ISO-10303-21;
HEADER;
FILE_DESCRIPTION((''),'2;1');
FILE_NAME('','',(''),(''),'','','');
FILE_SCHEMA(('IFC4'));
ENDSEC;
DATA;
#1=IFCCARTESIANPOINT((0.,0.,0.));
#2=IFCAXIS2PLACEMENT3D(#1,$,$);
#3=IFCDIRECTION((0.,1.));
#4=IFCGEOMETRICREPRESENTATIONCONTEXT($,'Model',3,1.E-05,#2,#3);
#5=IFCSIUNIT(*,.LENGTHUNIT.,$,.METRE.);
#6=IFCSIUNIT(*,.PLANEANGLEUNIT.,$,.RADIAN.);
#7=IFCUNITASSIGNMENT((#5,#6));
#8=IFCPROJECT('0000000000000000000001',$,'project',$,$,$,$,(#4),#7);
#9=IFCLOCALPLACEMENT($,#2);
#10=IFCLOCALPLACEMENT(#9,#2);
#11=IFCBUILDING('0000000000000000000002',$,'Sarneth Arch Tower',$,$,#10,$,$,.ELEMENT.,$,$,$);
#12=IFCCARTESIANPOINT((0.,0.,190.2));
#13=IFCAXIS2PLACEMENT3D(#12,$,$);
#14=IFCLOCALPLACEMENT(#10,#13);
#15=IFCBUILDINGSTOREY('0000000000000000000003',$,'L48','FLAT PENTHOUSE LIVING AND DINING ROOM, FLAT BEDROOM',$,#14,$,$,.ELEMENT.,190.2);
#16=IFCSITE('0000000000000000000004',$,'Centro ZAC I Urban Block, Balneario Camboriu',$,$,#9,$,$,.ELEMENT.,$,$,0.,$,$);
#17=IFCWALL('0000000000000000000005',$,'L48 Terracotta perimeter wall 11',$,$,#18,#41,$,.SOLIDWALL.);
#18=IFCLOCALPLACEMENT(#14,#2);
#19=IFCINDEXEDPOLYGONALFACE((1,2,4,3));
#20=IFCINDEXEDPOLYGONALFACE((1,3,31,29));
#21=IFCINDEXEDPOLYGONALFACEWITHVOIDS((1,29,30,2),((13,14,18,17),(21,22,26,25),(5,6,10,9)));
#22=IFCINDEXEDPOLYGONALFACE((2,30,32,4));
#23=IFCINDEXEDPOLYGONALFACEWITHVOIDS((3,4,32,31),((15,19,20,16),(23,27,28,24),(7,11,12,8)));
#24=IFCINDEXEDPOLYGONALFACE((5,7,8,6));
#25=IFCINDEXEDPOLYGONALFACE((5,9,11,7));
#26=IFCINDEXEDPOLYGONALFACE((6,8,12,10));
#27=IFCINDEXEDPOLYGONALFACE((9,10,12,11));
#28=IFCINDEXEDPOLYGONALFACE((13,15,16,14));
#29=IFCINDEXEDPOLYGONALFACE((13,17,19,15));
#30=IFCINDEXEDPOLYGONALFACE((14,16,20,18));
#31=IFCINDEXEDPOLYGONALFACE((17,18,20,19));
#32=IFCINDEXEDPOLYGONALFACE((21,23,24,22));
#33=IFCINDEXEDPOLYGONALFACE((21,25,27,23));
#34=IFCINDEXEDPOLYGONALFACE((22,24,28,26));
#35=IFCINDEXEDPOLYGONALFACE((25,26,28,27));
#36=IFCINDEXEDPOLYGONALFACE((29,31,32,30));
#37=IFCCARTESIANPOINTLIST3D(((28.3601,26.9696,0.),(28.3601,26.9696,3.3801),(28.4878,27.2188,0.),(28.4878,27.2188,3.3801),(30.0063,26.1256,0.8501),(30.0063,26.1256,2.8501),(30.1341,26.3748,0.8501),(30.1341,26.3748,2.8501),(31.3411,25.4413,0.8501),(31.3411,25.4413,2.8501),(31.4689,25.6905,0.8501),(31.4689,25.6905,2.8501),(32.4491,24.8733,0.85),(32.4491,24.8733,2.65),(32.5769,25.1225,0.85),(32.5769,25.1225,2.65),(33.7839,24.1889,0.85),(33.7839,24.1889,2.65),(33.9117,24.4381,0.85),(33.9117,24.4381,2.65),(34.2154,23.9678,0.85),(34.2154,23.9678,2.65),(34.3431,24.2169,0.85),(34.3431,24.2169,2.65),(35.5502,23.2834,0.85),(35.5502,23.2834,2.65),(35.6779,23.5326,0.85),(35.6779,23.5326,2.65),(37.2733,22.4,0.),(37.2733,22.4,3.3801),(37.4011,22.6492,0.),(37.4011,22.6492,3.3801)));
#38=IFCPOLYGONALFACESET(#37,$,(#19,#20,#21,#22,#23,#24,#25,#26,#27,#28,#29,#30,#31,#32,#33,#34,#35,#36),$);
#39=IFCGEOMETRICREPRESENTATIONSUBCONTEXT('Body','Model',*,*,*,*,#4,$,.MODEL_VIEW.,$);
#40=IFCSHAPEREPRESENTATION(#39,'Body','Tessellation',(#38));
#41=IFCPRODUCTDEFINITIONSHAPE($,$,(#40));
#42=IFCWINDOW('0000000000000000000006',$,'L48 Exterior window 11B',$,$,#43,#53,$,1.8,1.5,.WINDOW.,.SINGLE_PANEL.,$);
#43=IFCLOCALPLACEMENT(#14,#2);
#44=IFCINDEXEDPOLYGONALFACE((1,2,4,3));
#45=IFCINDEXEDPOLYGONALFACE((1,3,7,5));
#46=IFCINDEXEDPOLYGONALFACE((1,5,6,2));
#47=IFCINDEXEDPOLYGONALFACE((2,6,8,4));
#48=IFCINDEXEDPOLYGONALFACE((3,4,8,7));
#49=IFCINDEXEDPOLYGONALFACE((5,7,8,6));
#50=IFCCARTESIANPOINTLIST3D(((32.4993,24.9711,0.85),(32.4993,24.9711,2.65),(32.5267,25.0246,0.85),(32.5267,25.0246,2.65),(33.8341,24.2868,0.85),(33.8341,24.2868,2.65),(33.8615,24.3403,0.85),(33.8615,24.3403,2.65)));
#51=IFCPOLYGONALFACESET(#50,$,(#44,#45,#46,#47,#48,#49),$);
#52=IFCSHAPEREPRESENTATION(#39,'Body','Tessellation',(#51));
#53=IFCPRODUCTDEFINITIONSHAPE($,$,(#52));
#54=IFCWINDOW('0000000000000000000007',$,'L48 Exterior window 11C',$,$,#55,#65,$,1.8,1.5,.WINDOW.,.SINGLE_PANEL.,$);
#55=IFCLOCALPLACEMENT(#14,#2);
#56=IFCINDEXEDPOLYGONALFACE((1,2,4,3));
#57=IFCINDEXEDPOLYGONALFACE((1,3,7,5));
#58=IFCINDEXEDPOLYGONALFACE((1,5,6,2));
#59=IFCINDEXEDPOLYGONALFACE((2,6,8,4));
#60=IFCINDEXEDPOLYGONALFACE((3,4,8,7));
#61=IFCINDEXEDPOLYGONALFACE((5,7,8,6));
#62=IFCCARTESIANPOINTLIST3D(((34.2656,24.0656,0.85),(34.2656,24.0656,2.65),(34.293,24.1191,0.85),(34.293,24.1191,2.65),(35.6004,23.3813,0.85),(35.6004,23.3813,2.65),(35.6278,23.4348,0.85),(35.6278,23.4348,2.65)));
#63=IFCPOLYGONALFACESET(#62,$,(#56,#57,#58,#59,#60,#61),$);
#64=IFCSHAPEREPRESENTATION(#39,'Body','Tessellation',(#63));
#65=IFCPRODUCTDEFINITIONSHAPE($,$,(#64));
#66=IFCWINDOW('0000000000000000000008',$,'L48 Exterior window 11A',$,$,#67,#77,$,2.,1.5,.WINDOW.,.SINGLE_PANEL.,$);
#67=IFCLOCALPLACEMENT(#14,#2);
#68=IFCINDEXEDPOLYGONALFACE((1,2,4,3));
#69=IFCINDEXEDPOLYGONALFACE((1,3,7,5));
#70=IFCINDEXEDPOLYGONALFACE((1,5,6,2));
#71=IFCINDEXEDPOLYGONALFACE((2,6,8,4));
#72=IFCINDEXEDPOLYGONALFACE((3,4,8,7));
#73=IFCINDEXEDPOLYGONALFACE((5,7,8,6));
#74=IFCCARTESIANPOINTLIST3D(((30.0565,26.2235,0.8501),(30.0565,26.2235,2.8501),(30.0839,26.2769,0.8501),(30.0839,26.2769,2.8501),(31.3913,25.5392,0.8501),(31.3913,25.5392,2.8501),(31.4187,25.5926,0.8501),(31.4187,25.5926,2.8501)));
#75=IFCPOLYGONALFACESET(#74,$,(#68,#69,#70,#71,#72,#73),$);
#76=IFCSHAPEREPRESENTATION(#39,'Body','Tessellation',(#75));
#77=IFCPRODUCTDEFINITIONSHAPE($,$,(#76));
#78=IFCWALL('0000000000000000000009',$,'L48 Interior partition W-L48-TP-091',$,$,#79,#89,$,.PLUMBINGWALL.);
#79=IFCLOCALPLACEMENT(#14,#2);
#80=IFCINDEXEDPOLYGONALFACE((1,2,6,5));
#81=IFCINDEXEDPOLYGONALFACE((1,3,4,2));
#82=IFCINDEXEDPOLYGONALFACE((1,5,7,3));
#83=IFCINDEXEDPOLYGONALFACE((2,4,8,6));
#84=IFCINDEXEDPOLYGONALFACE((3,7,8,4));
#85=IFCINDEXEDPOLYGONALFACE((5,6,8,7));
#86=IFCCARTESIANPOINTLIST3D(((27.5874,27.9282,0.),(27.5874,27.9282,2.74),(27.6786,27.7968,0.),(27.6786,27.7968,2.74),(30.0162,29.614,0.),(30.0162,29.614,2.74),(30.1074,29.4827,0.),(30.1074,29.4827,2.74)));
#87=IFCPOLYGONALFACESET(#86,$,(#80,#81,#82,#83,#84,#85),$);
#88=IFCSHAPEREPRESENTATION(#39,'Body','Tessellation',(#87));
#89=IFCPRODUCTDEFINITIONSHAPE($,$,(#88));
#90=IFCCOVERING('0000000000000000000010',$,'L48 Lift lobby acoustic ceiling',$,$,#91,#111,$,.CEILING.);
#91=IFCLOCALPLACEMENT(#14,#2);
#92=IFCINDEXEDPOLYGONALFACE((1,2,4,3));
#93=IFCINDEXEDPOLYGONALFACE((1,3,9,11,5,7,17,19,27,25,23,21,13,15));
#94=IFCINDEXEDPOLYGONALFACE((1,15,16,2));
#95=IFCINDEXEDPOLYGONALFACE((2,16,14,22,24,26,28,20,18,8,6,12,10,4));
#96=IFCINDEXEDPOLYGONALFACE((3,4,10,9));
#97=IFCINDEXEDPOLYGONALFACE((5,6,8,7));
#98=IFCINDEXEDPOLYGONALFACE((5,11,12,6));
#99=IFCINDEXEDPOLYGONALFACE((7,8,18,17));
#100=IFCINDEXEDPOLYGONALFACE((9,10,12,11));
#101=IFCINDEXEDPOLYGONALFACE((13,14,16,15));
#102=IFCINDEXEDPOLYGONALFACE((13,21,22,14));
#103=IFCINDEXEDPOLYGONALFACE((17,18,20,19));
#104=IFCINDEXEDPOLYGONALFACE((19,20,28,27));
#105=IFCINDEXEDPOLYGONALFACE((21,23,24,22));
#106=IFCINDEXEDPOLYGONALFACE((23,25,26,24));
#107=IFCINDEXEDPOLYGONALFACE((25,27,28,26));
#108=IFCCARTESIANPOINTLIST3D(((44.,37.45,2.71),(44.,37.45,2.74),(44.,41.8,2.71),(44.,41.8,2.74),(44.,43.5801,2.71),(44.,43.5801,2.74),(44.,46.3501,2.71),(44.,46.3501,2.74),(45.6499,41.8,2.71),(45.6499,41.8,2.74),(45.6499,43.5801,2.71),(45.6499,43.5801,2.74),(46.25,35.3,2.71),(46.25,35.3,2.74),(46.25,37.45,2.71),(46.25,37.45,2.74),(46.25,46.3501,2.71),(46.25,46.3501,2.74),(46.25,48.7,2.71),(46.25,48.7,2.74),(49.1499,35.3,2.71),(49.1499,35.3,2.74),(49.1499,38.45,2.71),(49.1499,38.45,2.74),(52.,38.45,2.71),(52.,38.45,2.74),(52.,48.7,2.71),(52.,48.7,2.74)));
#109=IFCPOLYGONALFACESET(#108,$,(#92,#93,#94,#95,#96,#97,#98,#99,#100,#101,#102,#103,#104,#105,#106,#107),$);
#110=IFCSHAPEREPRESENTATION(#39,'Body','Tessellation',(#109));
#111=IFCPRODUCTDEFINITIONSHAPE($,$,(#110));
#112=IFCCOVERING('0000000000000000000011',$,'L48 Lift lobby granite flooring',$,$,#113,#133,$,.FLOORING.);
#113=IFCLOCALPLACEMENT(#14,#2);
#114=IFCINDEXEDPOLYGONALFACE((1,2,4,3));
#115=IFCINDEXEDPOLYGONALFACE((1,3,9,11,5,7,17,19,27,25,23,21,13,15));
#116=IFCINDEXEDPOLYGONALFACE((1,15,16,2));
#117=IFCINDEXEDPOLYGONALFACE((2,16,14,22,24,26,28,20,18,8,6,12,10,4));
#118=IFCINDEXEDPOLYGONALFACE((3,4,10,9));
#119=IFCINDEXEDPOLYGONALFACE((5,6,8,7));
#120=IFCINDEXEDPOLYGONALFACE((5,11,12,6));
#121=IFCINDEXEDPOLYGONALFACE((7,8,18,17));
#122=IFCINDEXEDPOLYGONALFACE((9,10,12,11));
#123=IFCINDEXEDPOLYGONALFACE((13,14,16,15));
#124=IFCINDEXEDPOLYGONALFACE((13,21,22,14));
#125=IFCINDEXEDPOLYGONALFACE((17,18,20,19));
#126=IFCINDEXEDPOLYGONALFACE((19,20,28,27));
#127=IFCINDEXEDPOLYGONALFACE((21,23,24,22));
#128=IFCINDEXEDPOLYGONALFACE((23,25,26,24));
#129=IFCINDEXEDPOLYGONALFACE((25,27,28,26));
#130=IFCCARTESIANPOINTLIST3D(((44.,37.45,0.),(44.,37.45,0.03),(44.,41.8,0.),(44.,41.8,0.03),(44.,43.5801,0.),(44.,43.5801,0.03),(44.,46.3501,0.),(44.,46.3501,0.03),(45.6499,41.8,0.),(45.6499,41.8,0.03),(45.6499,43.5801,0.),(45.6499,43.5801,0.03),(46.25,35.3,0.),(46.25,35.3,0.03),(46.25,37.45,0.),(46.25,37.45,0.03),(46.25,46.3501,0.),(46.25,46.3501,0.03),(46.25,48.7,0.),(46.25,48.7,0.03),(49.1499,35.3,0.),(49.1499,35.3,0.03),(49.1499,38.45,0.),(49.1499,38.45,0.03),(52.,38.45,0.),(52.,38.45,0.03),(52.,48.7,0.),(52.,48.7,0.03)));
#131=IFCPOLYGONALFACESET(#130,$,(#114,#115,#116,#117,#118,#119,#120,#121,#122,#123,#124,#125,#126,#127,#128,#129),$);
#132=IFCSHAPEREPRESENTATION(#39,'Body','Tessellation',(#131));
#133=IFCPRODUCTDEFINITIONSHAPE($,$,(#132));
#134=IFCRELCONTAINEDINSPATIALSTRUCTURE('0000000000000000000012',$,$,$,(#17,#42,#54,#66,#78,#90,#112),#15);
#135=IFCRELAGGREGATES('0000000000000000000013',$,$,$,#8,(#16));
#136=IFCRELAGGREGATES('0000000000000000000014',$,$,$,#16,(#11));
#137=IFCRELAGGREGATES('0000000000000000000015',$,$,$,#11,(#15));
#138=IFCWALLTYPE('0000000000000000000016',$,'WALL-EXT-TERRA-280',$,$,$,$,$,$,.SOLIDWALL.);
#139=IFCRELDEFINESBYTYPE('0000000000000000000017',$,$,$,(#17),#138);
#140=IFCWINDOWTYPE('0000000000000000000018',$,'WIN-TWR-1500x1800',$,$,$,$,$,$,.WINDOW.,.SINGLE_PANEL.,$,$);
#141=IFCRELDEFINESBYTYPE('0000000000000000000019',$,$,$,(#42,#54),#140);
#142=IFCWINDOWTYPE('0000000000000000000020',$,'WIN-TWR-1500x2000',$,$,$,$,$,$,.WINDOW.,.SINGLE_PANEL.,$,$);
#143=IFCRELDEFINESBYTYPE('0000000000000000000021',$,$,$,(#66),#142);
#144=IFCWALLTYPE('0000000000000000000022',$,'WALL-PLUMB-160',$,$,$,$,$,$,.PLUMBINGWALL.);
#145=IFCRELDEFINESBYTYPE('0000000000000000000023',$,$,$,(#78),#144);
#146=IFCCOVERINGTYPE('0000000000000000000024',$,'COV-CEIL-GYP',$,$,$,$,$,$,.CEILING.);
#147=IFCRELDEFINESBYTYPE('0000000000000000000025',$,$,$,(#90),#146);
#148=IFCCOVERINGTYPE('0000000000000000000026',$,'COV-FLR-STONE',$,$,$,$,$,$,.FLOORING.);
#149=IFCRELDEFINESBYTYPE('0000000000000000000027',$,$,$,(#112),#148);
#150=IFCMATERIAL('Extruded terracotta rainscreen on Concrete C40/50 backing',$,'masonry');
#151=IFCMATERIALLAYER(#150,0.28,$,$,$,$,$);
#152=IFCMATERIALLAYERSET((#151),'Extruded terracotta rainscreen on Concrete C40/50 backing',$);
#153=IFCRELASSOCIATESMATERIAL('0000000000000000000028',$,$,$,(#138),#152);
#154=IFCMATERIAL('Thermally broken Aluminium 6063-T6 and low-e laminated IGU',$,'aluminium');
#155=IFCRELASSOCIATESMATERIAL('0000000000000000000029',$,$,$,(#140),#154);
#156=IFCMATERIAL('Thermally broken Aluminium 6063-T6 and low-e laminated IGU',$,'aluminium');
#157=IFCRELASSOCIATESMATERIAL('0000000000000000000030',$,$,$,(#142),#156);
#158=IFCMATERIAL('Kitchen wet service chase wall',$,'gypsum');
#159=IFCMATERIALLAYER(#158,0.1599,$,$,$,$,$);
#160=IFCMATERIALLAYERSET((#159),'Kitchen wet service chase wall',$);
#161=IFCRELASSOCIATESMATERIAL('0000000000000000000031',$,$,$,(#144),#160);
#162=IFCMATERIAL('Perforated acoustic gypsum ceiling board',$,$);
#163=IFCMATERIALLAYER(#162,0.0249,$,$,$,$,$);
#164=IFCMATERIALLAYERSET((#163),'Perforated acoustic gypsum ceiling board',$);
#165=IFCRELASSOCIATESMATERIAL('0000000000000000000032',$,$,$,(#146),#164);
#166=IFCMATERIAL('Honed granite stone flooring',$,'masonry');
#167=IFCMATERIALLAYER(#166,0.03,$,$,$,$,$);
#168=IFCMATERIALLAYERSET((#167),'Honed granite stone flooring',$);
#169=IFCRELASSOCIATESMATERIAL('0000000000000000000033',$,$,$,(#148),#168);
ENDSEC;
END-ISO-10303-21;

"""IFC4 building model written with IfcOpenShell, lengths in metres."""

from ifc_helpers import new_model, si_unit, direction, frame, frame_2d, origin, place, context, subcontext, project, spatial, polyline, rectangle, outline, extrude, material, layer, layer_set, type_object, element, fill, save


model = new_model("IFC4")

# Units and contexts
model_context = context("Model", 3, precision=1e-05, world=origin(), true_north=direction((0.0, 1.0)))
body_context = subcontext(model_context, "Body", "Model", "MODEL_VIEW")
ifc_project = project(units=[si_unit("LENGTHUNIT", "METRE"), si_unit("PLANEANGLEUNIT", "RADIAN")], contexts=[model_context])

# Site, building, storey
site_placement = place(None, origin())
site = spatial("IfcSite", under=ifc_project, at=site_placement, Name="Centro ZAC I Urban Block, Balneario Camboriu", CompositionType="ELEMENT", RefElevation=0.0)
building_placement = place(site_placement, origin())
building = spatial("IfcBuilding", under=site, at=building_placement, Name="Sarneth Arch Tower", CompositionType="ELEMENT")
storey_placement = place(building_placement, frame((0.0, 0.0, 190.2)))
storey = spatial("IfcBuildingStorey", under=building, at=storey_placement, Name="L48", Description="FLAT PENTHOUSE LIVING AND DINING ROOM, FLAT BEDROOM", CompositionType="ELEMENT", Elevation=190.2)

# Wall, openings, windows
ifc_material_1 = material(Name="Extruded terracotta rainscreen on Concrete C40/50 backing", Category="masonry")
ifc_layer_1 = layer(ifc_material_1, 0.28)
ifc_layer_set_1 = layer_set([ifc_layer_1], Name="Extruded terracotta rainscreen on Concrete C40/50 backing")
wall_type_1 = type_object("IfcWallType", Name="WALL-EXT-TERRA-280", PredefinedType="SOLIDWALL", material=ifc_layer_set_1)
wall_1_placement = place(storey_placement, frame((28.4238, 27.0942, 0.0), z_axis=(0.0, 0.0, 1.0), x_axis=(0.889873, -0.456209, 0.0)))
wall_1 = element("IfcWall", 1, at=wall_1_placement, inside=storey, type_object=wall_type_1, Name="L48 Terracotta perimeter wall 11", PredefinedType="SOLIDWALL", context=body_context, shape_type="SweptSolid", body=[
    extrude(rectangle(XDim=10.0164, YDim=0.28, at=frame_2d((5.0083, 0.0))), origin(), (0.0, 0.0, 1.0), 3.3801),
])
opening_1_placement = place(wall_1_placement, frame((1.8501, 0.0, 0.8501)))
opening_1 = element("IfcOpeningElement", 2, at=opening_1_placement, cuts=wall_1, PredefinedType="OPENING", context=body_context, shape_type="SweptSolid", body=[
    extrude(rectangle(XDim=1.5, YDim=2.0, at=frame_2d((0.75, 1.0))), frame((0.0, 0.1499, 0.0), z_axis=(0.0, -1.0, 0.0), x_axis=(1.0, 0.0, 0.0)), (0.0, 0.0, 1.0), 0.3),
])
opening_2_placement = place(wall_1_placement, frame((4.5952, 0.0, 0.8501)))
opening_2 = element("IfcOpeningElement", 3, at=opening_2_placement, cuts=wall_1, PredefinedType="OPENING", context=body_context, shape_type="SweptSolid", body=[
    extrude(rectangle(XDim=1.5, YDim=1.8, at=frame_2d((0.75, 0.8999))), frame((0.0, 0.1499, 0.0), z_axis=(0.0, -1.0, 0.0), x_axis=(1.0, 0.0, 0.0)), (0.0, 0.0, 1.0), 0.3),
])
opening_3_placement = place(wall_1_placement, frame((6.5801, 0.0, 0.8501)))
opening_3 = element("IfcOpeningElement", 4, at=opening_3_placement, cuts=wall_1, PredefinedType="OPENING", context=body_context, shape_type="SweptSolid", body=[
    extrude(rectangle(XDim=1.5, YDim=1.8, at=frame_2d((0.75, 0.8999))), frame((0.0, 0.1499, 0.0), z_axis=(0.0, -1.0, 0.0), x_axis=(1.0, 0.0, 0.0)), (0.0, 0.0, 1.0), 0.3),
])
ifc_material_2 = material(Name="Thermally broken Aluminium 6063-T6 and low-e laminated IGU", Category="aluminium")
window_type_1 = type_object("IfcWindowType", Name="WIN-TWR-1500x1800", PartitioningType="SINGLE_PANEL", PredefinedType="WINDOW", material=ifc_material_2)
window_1_placement = place(opening_2_placement, origin())
window_1 = element("IfcWindow", 5, at=window_1_placement, inside=storey, type_object=window_type_1, Name="L48 Exterior window 11B", OverallHeight=1.8, OverallWidth=1.5, PartitioningType="SINGLE_PANEL", PredefinedType="WINDOW", context=body_context, shape_type="SweptSolid", body=[
    extrude(rectangle(XDim=1.5, YDim=1.8, at=frame_2d((0.75, 0.8999))), frame((0.0, 0.03, 0.0), z_axis=(0.0, -1.0, 0.0), x_axis=(1.0, 0.0, 0.0)), (0.0, 0.0, 1.0), 0.0601),
])
fill(opening_2, window_1)
window_2_placement = place(opening_3_placement, origin())
window_2 = element("IfcWindow", 6, at=window_2_placement, inside=storey, type_object=window_type_1, Name="L48 Exterior window 11C", OverallHeight=1.8, OverallWidth=1.5, PartitioningType="SINGLE_PANEL", PredefinedType="WINDOW", context=body_context, shape_type="SweptSolid", body=[
    extrude(rectangle(XDim=1.5, YDim=1.8, at=frame_2d((0.75, 0.8999))), frame((0.0, 0.03, 0.0), z_axis=(0.0, -1.0, 0.0), x_axis=(1.0, 0.0, 0.0)), (0.0, 0.0, 1.0), 0.0601),
])
fill(opening_3, window_2)
ifc_material_3 = material(Name="Thermally broken Aluminium 6063-T6 and low-e laminated IGU", Category="aluminium")
window_type_2 = type_object("IfcWindowType", Name="WIN-TWR-1500x2000", PartitioningType="SINGLE_PANEL", PredefinedType="WINDOW", material=ifc_material_3)
window_3_placement = place(opening_1_placement, origin())
window_3 = element("IfcWindow", 7, at=window_3_placement, inside=storey, type_object=window_type_2, Name="L48 Exterior window 11A", OverallHeight=2.0, OverallWidth=1.5, PartitioningType="SINGLE_PANEL", PredefinedType="WINDOW", context=body_context, shape_type="SweptSolid", body=[
    extrude(rectangle(XDim=1.5, YDim=2.0, at=frame_2d((0.75, 1.0))), frame((0.0, 0.03, 0.0), z_axis=(0.0, -1.0, 0.0), x_axis=(1.0, 0.0, 0.0)), (0.0, 0.0, 1.0), 0.0601),
])
fill(opening_1, window_3)

# Wall
ifc_material_4 = material(Name="Kitchen wet service chase wall", Category="gypsum")
ifc_layer_2 = layer(ifc_material_4, 0.1599)
ifc_layer_set_2 = layer_set([ifc_layer_2], Name="Kitchen wet service chase wall")
wall_type_2 = type_object("IfcWallType", Name="WALL-PLUMB-160", PredefinedType="PLUMBINGWALL", material=ifc_layer_set_2)
wall_2_placement = place(storey_placement, frame((30.0618, 29.5483, 0.0), z_axis=(0.0, 0.0, 1.0), x_axis=(-0.821499, -0.57021, 0.0)))
element("IfcWall", 8, at=wall_2_placement, inside=storey, type_object=wall_type_2, Name="L48 Interior partition W-L48-TP-091", PredefinedType="PLUMBINGWALL", context=body_context, shape_type="SweptSolid", body=[
    extrude(rectangle(XDim=2.9565, YDim=0.1599, at=frame_2d((1.4783, 0.0))), origin(), (0.0, 0.0, 1.0), 2.74),
])

# Coverings
ifc_material_5 = material(Name="Perforated acoustic gypsum ceiling board")
ifc_layer_3 = layer(ifc_material_5, 0.0249)
ifc_layer_set_3 = layer_set([ifc_layer_3], Name="Perforated acoustic gypsum ceiling board")
covering_type_1 = type_object("IfcCoveringType", Name="COV-CEIL-GYP", PredefinedType="CEILING", material=ifc_layer_set_3)
covering_1_placement = place(storey_placement, frame((0.0, 0.0, 2.71)))
element("IfcCovering", 9, at=covering_1_placement, inside=storey, type_object=covering_type_1, Name="L48 Lift lobby acoustic ceiling", PredefinedType="CEILING", context=body_context, shape_type="SweptSolid", body=[
    extrude(outline(polyline([(49.1499, 38.45), (49.1499, 35.3), (46.25, 35.3), (46.25, 37.45), (44.0, 37.45), (44.0, 41.8), (45.6499, 41.8), (45.6499, 43.5801), (44.0, 43.5801), (44.0, 46.3501), (46.25, 46.3501), (46.25, 48.7), (52.0, 48.7), (52.0, 38.45), (49.1499, 38.45)])), origin(), (0.0, 0.0, 1.0), 0.03),
])
ifc_material_6 = material(Name="Honed granite stone flooring", Category="masonry")
ifc_layer_4 = layer(ifc_material_6, 0.03)
ifc_layer_set_4 = layer_set([ifc_layer_4], Name="Honed granite stone flooring")
covering_type_2 = type_object("IfcCoveringType", Name="COV-FLR-STONE", PredefinedType="FLOORING", material=ifc_layer_set_4)
covering_2_placement = place(storey_placement, origin())
element("IfcCovering", 10, at=covering_2_placement, inside=storey, type_object=covering_type_2, Name="L48 Lift lobby granite flooring", PredefinedType="FLOORING", context=body_context, shape_type="SweptSolid", body=[
    extrude(outline(polyline([(49.1499, 38.45), (49.1499, 35.3), (46.25, 35.3), (46.25, 37.45), (44.0, 37.45), (44.0, 41.8), (45.6499, 41.8), (45.6499, 43.5801), (44.0, 43.5801), (44.0, 46.3501), (46.25, 46.3501), (46.25, 48.7), (52.0, 48.7), (52.0, 38.45), (49.1499, 38.45)])), origin(), (0.0, 0.0, 1.0), 0.03),
])

save(model, "model.ifc")
